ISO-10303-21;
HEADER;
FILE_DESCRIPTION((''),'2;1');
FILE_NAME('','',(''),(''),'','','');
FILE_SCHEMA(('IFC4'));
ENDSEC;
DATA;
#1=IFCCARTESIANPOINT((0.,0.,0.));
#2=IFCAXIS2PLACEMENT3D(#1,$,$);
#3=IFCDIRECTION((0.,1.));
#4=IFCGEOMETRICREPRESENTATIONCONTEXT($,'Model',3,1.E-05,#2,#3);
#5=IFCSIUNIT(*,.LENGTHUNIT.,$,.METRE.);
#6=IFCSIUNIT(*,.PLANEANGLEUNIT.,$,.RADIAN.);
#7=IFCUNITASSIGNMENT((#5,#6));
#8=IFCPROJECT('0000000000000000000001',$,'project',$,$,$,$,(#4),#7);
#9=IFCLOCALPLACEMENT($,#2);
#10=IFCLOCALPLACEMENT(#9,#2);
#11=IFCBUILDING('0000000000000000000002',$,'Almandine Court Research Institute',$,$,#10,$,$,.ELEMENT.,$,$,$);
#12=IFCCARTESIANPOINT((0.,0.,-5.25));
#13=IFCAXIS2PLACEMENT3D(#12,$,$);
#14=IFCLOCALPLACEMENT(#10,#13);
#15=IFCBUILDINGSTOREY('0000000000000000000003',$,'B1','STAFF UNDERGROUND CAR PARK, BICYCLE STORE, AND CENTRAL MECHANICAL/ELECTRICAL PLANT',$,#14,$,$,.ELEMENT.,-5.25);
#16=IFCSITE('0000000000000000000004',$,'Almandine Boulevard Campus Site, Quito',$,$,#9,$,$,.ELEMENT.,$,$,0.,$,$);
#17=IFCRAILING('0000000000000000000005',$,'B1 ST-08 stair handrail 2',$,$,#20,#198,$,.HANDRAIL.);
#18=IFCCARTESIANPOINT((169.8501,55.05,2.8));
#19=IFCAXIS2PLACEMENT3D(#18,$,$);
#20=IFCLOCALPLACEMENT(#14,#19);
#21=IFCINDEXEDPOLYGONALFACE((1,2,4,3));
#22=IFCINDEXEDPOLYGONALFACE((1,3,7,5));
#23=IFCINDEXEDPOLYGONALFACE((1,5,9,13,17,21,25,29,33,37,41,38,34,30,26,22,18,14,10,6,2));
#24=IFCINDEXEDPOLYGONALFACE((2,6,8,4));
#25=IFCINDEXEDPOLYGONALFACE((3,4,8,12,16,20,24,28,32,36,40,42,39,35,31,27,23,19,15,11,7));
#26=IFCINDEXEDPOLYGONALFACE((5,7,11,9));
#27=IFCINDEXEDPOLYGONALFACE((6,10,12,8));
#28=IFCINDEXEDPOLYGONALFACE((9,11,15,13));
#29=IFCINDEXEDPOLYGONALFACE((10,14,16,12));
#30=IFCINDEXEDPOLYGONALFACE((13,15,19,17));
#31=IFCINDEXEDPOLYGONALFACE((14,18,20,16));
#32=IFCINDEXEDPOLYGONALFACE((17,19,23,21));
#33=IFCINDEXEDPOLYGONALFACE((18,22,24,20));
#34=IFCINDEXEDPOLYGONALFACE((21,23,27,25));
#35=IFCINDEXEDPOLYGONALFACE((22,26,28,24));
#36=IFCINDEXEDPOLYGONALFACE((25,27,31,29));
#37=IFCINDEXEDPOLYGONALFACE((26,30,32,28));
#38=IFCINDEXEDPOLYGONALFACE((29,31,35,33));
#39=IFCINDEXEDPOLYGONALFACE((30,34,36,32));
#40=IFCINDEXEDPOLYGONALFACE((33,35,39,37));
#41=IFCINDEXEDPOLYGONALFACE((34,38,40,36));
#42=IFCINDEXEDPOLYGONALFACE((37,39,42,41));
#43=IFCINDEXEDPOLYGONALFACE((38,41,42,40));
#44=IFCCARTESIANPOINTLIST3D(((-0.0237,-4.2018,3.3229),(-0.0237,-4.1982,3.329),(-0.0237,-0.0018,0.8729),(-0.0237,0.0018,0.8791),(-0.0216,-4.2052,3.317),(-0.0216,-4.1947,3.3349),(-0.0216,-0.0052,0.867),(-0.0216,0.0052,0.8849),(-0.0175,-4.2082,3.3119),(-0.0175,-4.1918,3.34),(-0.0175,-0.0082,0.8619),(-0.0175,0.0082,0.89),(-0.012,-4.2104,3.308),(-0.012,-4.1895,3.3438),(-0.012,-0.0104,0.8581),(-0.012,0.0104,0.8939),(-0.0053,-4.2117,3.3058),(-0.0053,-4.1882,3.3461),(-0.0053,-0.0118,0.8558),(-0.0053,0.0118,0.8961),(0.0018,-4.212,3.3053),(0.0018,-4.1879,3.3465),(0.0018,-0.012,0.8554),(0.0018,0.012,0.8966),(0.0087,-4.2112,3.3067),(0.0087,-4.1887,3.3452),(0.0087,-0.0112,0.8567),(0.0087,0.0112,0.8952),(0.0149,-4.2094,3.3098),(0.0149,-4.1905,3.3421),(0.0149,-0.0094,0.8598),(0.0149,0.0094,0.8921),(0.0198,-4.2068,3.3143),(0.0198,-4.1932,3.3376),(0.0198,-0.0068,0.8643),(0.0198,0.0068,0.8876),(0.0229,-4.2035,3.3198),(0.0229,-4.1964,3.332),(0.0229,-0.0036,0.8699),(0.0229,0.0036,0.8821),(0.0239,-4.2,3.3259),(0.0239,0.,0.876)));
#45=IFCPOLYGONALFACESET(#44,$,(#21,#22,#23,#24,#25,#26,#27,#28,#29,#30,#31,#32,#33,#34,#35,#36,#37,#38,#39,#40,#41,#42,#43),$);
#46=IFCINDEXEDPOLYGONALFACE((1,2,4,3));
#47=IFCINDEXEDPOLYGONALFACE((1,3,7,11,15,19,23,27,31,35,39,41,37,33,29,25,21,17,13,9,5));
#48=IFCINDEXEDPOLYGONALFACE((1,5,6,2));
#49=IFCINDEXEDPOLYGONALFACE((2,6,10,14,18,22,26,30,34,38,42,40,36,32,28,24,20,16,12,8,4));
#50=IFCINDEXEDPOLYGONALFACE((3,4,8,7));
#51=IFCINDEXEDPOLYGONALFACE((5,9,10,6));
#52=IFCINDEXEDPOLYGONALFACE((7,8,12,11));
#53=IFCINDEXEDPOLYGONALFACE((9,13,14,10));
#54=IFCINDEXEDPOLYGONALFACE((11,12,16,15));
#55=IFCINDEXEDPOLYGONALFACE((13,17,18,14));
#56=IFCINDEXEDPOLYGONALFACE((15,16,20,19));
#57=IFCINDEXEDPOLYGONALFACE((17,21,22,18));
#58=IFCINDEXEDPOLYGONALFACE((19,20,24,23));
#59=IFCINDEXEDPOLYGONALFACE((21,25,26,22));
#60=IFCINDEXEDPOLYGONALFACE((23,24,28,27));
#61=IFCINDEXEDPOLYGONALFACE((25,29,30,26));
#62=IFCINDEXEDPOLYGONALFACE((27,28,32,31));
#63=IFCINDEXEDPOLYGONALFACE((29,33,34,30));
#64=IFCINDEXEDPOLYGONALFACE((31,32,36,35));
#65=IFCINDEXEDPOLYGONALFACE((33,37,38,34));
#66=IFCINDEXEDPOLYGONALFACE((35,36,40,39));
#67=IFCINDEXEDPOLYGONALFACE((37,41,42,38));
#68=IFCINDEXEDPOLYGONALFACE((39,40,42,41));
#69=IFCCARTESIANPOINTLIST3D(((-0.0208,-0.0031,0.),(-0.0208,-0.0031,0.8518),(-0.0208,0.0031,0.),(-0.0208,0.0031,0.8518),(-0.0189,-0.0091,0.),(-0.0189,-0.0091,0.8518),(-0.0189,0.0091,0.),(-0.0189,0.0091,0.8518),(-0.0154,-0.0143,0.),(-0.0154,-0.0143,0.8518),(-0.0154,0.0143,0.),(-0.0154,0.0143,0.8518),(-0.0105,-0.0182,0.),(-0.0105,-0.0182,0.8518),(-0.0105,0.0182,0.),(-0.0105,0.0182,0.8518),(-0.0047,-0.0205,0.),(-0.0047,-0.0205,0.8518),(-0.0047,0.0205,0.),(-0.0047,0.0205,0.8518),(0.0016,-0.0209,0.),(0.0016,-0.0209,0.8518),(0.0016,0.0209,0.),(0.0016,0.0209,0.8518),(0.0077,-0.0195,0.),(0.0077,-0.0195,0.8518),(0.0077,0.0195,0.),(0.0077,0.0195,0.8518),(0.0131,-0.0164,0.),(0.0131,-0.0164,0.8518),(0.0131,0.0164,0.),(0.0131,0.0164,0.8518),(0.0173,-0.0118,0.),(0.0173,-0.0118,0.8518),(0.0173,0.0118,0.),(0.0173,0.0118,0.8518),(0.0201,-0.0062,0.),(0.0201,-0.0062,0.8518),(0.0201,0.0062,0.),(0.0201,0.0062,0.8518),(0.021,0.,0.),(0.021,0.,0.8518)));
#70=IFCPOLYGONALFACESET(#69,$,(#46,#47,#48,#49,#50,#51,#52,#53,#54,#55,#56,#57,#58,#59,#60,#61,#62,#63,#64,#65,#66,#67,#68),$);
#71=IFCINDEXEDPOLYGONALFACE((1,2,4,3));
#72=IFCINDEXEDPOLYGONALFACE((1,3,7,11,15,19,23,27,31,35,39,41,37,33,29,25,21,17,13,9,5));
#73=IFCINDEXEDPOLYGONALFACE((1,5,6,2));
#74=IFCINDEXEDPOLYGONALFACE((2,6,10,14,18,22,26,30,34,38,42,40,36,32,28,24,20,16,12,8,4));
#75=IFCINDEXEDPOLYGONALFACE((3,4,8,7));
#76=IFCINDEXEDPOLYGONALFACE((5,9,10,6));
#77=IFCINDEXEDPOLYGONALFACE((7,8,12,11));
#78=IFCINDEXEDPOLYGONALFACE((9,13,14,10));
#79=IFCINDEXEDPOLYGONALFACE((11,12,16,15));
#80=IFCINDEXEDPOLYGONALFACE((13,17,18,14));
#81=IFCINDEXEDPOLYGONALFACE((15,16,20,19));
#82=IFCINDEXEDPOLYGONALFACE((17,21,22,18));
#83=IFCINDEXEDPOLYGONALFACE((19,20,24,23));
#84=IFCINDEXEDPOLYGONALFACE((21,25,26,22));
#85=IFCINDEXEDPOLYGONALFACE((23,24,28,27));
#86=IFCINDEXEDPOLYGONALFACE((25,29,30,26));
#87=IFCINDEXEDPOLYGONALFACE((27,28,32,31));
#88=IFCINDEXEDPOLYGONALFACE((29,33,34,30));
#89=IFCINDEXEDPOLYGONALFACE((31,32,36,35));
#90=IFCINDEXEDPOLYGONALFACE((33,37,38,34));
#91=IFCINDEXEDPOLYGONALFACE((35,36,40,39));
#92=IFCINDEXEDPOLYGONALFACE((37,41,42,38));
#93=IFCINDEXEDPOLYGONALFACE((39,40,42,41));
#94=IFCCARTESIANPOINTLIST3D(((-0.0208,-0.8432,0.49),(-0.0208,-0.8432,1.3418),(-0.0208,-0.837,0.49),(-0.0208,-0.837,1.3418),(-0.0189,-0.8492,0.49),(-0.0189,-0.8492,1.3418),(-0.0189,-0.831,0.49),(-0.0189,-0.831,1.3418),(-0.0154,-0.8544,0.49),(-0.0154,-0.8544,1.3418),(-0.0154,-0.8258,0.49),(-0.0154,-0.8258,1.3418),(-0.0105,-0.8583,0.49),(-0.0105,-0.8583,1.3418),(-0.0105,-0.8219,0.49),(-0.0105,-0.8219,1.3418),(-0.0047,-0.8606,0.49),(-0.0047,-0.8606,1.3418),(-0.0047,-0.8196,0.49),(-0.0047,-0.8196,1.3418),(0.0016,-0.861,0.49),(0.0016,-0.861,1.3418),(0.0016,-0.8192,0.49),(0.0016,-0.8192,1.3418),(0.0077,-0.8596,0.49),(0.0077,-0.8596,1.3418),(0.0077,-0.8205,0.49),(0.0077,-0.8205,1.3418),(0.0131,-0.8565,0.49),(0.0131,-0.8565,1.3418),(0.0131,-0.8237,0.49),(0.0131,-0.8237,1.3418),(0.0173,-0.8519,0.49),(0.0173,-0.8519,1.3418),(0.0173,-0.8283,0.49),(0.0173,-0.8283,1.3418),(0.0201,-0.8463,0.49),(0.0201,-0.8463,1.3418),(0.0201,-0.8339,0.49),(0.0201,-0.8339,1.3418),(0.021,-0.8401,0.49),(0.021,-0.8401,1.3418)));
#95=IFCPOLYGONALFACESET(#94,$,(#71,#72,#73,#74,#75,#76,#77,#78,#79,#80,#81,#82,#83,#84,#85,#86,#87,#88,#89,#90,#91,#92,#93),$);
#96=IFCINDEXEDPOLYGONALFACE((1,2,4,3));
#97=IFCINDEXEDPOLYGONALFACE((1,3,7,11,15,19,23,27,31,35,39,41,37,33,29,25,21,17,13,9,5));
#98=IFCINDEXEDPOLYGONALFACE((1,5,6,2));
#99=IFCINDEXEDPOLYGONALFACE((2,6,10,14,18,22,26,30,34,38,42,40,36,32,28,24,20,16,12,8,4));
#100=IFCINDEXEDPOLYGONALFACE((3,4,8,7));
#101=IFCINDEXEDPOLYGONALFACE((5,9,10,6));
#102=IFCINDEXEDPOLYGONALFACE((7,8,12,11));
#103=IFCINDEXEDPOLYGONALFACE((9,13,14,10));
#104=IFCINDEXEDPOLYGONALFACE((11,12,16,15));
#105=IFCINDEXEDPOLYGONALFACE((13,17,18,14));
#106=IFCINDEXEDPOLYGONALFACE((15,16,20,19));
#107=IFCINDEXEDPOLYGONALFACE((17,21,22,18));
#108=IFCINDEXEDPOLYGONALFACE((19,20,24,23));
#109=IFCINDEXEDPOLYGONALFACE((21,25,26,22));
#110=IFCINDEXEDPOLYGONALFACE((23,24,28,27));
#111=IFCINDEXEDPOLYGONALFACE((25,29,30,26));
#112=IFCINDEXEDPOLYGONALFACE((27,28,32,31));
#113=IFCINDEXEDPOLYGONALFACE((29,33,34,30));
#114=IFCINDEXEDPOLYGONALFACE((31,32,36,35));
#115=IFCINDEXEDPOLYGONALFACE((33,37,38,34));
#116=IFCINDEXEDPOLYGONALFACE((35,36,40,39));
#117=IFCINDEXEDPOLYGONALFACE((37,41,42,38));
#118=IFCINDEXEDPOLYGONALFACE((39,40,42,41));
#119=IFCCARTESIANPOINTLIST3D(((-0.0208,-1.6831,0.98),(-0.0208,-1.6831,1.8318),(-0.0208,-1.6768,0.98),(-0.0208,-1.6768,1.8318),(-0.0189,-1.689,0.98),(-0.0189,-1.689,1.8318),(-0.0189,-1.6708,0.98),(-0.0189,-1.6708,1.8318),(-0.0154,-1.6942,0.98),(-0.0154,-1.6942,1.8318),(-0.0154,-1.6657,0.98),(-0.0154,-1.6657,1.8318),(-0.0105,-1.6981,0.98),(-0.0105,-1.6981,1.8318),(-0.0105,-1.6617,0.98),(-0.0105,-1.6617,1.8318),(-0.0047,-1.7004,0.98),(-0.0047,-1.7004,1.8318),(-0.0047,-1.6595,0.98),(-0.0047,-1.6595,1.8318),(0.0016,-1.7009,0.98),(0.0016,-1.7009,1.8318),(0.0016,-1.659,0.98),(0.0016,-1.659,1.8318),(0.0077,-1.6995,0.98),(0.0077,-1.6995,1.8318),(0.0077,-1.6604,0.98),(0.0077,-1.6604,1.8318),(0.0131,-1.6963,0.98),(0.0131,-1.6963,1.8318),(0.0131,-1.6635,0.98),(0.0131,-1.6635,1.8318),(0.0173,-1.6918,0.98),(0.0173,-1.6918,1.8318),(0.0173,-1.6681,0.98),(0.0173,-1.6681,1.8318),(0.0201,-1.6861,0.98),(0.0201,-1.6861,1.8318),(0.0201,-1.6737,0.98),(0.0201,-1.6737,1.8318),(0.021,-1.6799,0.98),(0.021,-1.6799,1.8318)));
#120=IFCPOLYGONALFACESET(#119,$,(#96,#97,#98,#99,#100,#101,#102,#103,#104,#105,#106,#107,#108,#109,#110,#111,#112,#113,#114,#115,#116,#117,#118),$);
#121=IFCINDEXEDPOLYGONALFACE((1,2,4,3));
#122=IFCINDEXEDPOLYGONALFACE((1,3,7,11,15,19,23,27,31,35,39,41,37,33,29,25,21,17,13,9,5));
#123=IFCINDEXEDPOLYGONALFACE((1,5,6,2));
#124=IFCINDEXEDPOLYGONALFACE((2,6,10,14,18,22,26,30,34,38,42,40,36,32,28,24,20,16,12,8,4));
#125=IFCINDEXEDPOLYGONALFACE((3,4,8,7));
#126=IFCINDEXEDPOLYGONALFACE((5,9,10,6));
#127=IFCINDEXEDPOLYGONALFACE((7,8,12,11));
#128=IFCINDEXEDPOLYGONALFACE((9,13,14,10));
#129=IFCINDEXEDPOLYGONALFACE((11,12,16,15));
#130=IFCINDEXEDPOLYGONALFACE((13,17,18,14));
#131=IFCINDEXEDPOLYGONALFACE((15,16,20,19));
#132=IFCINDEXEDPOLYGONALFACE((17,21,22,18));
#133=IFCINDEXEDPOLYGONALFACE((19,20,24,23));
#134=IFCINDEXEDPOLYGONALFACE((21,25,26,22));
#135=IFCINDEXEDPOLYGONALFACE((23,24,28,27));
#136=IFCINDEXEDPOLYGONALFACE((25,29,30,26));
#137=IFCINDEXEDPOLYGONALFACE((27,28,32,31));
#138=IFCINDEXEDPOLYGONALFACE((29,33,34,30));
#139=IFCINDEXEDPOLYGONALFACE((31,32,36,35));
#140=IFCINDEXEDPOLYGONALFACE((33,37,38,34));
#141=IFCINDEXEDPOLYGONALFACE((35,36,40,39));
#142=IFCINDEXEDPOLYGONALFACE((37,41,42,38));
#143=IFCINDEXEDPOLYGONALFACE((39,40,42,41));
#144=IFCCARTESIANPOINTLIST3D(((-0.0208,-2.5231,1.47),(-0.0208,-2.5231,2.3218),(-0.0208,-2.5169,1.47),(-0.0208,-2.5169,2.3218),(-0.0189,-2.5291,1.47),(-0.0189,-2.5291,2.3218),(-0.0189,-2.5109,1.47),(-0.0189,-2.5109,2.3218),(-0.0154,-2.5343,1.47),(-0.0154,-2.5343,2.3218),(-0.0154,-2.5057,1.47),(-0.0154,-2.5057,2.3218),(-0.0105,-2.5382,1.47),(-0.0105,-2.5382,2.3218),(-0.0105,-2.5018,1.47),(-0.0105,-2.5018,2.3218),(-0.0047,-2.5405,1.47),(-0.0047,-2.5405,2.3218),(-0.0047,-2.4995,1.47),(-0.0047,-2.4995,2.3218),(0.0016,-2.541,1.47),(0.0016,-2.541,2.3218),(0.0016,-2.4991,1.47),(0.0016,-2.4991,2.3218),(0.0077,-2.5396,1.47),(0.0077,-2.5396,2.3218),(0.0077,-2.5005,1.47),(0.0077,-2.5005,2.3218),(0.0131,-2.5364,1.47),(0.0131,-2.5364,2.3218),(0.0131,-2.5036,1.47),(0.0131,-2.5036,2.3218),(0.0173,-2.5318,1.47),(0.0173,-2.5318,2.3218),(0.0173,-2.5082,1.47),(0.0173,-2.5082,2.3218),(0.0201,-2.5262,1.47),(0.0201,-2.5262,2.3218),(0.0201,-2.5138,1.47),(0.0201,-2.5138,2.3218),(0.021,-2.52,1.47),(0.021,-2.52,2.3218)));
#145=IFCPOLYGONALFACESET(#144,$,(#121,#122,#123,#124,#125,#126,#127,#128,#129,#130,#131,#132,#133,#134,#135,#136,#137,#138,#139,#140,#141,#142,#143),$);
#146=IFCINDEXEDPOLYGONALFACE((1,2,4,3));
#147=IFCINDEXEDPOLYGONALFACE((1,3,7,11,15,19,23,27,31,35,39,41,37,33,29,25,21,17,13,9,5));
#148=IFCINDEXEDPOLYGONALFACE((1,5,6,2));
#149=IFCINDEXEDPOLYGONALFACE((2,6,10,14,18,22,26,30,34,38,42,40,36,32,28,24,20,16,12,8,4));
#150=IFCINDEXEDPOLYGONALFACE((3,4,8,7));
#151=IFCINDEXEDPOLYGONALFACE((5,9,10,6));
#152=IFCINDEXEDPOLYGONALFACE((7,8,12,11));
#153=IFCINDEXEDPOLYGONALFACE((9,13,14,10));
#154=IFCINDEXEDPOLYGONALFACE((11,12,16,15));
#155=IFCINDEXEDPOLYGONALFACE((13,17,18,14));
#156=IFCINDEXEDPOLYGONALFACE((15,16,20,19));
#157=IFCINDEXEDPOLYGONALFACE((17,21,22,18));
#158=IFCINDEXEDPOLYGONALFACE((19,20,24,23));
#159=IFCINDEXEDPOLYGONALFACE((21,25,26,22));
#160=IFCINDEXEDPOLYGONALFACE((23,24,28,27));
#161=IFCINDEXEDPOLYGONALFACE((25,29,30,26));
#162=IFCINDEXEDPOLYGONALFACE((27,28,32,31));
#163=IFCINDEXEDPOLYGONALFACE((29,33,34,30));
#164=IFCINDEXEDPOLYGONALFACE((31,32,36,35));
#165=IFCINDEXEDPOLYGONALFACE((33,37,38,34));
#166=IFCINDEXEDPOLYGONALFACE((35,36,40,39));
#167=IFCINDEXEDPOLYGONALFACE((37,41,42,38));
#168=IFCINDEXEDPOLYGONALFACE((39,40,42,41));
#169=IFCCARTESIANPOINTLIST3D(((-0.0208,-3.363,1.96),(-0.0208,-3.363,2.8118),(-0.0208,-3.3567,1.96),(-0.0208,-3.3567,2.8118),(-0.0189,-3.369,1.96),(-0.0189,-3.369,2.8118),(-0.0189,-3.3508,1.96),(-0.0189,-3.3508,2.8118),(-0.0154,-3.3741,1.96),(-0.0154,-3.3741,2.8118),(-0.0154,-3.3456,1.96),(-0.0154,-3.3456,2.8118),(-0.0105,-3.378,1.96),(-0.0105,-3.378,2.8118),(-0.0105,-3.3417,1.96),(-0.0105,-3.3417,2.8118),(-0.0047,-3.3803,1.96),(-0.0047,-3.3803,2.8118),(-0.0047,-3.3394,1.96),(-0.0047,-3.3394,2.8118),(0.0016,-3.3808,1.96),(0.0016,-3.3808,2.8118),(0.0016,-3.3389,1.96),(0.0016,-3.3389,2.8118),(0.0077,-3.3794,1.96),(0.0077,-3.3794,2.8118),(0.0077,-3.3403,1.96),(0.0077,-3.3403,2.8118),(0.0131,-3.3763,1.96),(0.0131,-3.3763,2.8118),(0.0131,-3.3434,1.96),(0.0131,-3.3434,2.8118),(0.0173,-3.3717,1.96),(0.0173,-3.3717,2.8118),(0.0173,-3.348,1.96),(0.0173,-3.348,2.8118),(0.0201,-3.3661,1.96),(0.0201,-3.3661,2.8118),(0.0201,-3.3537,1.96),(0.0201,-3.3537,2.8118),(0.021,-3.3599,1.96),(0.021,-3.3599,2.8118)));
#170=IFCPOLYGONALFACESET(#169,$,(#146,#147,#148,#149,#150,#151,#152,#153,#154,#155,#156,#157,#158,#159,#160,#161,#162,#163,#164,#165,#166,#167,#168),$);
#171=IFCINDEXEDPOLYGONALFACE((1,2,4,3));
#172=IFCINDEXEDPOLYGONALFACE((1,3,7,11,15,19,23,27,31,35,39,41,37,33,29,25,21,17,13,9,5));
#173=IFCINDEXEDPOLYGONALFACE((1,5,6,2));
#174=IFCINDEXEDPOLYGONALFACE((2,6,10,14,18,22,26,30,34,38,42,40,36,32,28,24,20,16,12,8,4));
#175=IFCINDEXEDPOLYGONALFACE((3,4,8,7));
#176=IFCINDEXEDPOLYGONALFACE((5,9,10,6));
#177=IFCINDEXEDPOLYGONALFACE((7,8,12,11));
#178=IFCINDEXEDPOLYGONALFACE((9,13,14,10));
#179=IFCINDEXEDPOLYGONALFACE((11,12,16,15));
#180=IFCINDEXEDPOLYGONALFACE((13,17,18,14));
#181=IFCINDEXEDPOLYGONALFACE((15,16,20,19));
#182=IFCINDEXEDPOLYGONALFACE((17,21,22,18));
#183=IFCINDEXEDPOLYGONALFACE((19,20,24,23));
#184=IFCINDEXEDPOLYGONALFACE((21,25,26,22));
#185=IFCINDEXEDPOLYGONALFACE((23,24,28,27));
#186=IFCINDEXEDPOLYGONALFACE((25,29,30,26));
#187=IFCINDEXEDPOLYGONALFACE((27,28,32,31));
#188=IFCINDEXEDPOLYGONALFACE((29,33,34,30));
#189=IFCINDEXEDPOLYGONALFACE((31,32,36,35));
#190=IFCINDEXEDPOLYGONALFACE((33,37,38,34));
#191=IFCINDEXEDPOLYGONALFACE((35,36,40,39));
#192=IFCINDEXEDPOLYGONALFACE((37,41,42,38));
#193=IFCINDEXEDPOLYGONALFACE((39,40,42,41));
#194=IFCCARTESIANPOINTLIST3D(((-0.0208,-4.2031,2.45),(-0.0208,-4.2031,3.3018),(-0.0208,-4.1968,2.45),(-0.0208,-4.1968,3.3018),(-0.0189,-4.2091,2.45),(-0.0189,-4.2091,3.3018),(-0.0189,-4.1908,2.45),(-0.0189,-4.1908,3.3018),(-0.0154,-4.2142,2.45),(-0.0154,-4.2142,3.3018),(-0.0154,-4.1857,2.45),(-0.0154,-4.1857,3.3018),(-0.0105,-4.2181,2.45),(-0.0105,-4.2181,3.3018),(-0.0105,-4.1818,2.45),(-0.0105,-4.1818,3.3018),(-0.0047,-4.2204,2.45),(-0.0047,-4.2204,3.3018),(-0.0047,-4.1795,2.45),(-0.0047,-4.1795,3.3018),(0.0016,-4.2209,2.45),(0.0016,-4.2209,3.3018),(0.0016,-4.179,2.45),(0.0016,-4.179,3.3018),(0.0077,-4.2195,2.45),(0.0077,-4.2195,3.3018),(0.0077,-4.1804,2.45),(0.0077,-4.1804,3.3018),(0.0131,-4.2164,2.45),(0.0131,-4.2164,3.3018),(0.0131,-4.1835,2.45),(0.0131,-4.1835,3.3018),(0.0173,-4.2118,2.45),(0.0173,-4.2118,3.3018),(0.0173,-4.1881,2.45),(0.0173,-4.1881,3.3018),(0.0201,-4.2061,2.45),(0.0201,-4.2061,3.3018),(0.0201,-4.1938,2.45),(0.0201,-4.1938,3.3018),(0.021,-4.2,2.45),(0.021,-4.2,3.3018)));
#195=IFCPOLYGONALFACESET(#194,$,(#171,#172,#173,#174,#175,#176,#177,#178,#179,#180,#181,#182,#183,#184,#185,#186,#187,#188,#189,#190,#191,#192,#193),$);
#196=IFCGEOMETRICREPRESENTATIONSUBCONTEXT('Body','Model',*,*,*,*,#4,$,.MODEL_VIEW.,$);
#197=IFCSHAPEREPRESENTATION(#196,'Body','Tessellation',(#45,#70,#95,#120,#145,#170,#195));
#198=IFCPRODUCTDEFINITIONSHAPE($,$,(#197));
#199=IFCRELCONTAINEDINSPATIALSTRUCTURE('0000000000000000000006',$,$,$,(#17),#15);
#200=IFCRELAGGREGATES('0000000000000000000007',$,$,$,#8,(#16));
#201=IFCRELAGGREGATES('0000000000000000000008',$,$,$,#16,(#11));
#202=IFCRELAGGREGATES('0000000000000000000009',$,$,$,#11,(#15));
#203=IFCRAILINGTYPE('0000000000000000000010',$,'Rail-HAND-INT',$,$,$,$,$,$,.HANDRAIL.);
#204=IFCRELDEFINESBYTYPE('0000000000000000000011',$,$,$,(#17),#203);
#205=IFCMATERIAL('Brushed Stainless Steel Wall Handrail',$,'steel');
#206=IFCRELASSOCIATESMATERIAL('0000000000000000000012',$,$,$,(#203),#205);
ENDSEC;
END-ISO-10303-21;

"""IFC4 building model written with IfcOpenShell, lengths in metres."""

from ifc_helpers import new_model, si_unit, direction, frame, origin, origin_2d, place, context, subcontext, project, spatial, circle, extrude, material, type_object, element, save


model = new_model("IFC4")

# Units and contexts
model_context = context("Model", 3, precision=1e-05, world=origin(), true_north=direction((0.0, 1.0)))
body_context = subcontext(model_context, "Body", "Model", "MODEL_VIEW")
ifc_project = project(units=[si_unit("LENGTHUNIT", "METRE"), si_unit("PLANEANGLEUNIT", "RADIAN")], contexts=[model_context])

# Site, building, storey
site_placement = place(None, origin())
site = spatial("IfcSite", under=ifc_project, at=site_placement, Name="Almandine Boulevard Campus Site, Quito", CompositionType="ELEMENT", RefElevation=0.0)
building_placement = place(site_placement, origin())
building = spatial("IfcBuilding", under=site, at=building_placement, Name="Almandine Court Research Institute", CompositionType="ELEMENT")
storey_placement = place(building_placement, frame((0.0, 0.0, -5.25)))
storey = spatial("IfcBuildingStorey", under=building, at=storey_placement, Name="B1", Description="STAFF UNDERGROUND CAR PARK, BICYCLE STORE, AND CENTRAL MECHANICAL/ELECTRICAL PLANT", CompositionType="ELEMENT", Elevation=-5.25)

# Railing
ifc_material_1 = material(Name="Brushed Stainless Steel Wall Handrail", Category="steel")
railing_type_1 = type_object("IfcRailingType", Name="Rail-HAND-INT", PredefinedType="HANDRAIL", material=ifc_material_1)
railing_1_placement = place(storey_placement, frame((169.8501, 55.05, 2.8)))
element("IfcRailing", 1, at=railing_1_placement, inside=storey, type_object=railing_type_1, Name="B1 ST-08 stair handrail 2", PredefinedType="HANDRAIL", context=body_context, shape_type="SweptSolid", body=[
    extrude(circle(Radius=0.0239, at=origin_2d()), frame((0.0, 0.0, 0.876), z_axis=(0.0, -0.863781, 0.503868), x_axis=(1.0, 0.0, 0.0)), (0.0, 0.0, 1.0), 4.8623),
    extrude(circle(Radius=0.021, at=origin_2d()), origin(), (0.0, 0.0, 1.0), 0.8518),
    extrude(circle(Radius=0.021, at=origin_2d()), frame((0.0, -0.8401, 0.49)), (0.0, 0.0, 1.0), 0.8518),
    extrude(circle(Radius=0.021, at=origin_2d()), frame((0.0, -1.6799, 0.98)), (0.0, 0.0, 1.0), 0.8518),
    extrude(circle(Radius=0.021, at=origin_2d()), frame((0.0, -2.52, 1.47)), (0.0, 0.0, 1.0), 0.8518),
    extrude(circle(Radius=0.021, at=origin_2d()), frame((0.0, -3.3599, 1.96)), (0.0, 0.0, 1.0), 0.8518),
    extrude(circle(Radius=0.021, at=origin_2d()), frame((0.0, -4.2, 2.45)), (0.0, 0.0, 1.0), 0.8518),
])

save(model, "model.ifc")
